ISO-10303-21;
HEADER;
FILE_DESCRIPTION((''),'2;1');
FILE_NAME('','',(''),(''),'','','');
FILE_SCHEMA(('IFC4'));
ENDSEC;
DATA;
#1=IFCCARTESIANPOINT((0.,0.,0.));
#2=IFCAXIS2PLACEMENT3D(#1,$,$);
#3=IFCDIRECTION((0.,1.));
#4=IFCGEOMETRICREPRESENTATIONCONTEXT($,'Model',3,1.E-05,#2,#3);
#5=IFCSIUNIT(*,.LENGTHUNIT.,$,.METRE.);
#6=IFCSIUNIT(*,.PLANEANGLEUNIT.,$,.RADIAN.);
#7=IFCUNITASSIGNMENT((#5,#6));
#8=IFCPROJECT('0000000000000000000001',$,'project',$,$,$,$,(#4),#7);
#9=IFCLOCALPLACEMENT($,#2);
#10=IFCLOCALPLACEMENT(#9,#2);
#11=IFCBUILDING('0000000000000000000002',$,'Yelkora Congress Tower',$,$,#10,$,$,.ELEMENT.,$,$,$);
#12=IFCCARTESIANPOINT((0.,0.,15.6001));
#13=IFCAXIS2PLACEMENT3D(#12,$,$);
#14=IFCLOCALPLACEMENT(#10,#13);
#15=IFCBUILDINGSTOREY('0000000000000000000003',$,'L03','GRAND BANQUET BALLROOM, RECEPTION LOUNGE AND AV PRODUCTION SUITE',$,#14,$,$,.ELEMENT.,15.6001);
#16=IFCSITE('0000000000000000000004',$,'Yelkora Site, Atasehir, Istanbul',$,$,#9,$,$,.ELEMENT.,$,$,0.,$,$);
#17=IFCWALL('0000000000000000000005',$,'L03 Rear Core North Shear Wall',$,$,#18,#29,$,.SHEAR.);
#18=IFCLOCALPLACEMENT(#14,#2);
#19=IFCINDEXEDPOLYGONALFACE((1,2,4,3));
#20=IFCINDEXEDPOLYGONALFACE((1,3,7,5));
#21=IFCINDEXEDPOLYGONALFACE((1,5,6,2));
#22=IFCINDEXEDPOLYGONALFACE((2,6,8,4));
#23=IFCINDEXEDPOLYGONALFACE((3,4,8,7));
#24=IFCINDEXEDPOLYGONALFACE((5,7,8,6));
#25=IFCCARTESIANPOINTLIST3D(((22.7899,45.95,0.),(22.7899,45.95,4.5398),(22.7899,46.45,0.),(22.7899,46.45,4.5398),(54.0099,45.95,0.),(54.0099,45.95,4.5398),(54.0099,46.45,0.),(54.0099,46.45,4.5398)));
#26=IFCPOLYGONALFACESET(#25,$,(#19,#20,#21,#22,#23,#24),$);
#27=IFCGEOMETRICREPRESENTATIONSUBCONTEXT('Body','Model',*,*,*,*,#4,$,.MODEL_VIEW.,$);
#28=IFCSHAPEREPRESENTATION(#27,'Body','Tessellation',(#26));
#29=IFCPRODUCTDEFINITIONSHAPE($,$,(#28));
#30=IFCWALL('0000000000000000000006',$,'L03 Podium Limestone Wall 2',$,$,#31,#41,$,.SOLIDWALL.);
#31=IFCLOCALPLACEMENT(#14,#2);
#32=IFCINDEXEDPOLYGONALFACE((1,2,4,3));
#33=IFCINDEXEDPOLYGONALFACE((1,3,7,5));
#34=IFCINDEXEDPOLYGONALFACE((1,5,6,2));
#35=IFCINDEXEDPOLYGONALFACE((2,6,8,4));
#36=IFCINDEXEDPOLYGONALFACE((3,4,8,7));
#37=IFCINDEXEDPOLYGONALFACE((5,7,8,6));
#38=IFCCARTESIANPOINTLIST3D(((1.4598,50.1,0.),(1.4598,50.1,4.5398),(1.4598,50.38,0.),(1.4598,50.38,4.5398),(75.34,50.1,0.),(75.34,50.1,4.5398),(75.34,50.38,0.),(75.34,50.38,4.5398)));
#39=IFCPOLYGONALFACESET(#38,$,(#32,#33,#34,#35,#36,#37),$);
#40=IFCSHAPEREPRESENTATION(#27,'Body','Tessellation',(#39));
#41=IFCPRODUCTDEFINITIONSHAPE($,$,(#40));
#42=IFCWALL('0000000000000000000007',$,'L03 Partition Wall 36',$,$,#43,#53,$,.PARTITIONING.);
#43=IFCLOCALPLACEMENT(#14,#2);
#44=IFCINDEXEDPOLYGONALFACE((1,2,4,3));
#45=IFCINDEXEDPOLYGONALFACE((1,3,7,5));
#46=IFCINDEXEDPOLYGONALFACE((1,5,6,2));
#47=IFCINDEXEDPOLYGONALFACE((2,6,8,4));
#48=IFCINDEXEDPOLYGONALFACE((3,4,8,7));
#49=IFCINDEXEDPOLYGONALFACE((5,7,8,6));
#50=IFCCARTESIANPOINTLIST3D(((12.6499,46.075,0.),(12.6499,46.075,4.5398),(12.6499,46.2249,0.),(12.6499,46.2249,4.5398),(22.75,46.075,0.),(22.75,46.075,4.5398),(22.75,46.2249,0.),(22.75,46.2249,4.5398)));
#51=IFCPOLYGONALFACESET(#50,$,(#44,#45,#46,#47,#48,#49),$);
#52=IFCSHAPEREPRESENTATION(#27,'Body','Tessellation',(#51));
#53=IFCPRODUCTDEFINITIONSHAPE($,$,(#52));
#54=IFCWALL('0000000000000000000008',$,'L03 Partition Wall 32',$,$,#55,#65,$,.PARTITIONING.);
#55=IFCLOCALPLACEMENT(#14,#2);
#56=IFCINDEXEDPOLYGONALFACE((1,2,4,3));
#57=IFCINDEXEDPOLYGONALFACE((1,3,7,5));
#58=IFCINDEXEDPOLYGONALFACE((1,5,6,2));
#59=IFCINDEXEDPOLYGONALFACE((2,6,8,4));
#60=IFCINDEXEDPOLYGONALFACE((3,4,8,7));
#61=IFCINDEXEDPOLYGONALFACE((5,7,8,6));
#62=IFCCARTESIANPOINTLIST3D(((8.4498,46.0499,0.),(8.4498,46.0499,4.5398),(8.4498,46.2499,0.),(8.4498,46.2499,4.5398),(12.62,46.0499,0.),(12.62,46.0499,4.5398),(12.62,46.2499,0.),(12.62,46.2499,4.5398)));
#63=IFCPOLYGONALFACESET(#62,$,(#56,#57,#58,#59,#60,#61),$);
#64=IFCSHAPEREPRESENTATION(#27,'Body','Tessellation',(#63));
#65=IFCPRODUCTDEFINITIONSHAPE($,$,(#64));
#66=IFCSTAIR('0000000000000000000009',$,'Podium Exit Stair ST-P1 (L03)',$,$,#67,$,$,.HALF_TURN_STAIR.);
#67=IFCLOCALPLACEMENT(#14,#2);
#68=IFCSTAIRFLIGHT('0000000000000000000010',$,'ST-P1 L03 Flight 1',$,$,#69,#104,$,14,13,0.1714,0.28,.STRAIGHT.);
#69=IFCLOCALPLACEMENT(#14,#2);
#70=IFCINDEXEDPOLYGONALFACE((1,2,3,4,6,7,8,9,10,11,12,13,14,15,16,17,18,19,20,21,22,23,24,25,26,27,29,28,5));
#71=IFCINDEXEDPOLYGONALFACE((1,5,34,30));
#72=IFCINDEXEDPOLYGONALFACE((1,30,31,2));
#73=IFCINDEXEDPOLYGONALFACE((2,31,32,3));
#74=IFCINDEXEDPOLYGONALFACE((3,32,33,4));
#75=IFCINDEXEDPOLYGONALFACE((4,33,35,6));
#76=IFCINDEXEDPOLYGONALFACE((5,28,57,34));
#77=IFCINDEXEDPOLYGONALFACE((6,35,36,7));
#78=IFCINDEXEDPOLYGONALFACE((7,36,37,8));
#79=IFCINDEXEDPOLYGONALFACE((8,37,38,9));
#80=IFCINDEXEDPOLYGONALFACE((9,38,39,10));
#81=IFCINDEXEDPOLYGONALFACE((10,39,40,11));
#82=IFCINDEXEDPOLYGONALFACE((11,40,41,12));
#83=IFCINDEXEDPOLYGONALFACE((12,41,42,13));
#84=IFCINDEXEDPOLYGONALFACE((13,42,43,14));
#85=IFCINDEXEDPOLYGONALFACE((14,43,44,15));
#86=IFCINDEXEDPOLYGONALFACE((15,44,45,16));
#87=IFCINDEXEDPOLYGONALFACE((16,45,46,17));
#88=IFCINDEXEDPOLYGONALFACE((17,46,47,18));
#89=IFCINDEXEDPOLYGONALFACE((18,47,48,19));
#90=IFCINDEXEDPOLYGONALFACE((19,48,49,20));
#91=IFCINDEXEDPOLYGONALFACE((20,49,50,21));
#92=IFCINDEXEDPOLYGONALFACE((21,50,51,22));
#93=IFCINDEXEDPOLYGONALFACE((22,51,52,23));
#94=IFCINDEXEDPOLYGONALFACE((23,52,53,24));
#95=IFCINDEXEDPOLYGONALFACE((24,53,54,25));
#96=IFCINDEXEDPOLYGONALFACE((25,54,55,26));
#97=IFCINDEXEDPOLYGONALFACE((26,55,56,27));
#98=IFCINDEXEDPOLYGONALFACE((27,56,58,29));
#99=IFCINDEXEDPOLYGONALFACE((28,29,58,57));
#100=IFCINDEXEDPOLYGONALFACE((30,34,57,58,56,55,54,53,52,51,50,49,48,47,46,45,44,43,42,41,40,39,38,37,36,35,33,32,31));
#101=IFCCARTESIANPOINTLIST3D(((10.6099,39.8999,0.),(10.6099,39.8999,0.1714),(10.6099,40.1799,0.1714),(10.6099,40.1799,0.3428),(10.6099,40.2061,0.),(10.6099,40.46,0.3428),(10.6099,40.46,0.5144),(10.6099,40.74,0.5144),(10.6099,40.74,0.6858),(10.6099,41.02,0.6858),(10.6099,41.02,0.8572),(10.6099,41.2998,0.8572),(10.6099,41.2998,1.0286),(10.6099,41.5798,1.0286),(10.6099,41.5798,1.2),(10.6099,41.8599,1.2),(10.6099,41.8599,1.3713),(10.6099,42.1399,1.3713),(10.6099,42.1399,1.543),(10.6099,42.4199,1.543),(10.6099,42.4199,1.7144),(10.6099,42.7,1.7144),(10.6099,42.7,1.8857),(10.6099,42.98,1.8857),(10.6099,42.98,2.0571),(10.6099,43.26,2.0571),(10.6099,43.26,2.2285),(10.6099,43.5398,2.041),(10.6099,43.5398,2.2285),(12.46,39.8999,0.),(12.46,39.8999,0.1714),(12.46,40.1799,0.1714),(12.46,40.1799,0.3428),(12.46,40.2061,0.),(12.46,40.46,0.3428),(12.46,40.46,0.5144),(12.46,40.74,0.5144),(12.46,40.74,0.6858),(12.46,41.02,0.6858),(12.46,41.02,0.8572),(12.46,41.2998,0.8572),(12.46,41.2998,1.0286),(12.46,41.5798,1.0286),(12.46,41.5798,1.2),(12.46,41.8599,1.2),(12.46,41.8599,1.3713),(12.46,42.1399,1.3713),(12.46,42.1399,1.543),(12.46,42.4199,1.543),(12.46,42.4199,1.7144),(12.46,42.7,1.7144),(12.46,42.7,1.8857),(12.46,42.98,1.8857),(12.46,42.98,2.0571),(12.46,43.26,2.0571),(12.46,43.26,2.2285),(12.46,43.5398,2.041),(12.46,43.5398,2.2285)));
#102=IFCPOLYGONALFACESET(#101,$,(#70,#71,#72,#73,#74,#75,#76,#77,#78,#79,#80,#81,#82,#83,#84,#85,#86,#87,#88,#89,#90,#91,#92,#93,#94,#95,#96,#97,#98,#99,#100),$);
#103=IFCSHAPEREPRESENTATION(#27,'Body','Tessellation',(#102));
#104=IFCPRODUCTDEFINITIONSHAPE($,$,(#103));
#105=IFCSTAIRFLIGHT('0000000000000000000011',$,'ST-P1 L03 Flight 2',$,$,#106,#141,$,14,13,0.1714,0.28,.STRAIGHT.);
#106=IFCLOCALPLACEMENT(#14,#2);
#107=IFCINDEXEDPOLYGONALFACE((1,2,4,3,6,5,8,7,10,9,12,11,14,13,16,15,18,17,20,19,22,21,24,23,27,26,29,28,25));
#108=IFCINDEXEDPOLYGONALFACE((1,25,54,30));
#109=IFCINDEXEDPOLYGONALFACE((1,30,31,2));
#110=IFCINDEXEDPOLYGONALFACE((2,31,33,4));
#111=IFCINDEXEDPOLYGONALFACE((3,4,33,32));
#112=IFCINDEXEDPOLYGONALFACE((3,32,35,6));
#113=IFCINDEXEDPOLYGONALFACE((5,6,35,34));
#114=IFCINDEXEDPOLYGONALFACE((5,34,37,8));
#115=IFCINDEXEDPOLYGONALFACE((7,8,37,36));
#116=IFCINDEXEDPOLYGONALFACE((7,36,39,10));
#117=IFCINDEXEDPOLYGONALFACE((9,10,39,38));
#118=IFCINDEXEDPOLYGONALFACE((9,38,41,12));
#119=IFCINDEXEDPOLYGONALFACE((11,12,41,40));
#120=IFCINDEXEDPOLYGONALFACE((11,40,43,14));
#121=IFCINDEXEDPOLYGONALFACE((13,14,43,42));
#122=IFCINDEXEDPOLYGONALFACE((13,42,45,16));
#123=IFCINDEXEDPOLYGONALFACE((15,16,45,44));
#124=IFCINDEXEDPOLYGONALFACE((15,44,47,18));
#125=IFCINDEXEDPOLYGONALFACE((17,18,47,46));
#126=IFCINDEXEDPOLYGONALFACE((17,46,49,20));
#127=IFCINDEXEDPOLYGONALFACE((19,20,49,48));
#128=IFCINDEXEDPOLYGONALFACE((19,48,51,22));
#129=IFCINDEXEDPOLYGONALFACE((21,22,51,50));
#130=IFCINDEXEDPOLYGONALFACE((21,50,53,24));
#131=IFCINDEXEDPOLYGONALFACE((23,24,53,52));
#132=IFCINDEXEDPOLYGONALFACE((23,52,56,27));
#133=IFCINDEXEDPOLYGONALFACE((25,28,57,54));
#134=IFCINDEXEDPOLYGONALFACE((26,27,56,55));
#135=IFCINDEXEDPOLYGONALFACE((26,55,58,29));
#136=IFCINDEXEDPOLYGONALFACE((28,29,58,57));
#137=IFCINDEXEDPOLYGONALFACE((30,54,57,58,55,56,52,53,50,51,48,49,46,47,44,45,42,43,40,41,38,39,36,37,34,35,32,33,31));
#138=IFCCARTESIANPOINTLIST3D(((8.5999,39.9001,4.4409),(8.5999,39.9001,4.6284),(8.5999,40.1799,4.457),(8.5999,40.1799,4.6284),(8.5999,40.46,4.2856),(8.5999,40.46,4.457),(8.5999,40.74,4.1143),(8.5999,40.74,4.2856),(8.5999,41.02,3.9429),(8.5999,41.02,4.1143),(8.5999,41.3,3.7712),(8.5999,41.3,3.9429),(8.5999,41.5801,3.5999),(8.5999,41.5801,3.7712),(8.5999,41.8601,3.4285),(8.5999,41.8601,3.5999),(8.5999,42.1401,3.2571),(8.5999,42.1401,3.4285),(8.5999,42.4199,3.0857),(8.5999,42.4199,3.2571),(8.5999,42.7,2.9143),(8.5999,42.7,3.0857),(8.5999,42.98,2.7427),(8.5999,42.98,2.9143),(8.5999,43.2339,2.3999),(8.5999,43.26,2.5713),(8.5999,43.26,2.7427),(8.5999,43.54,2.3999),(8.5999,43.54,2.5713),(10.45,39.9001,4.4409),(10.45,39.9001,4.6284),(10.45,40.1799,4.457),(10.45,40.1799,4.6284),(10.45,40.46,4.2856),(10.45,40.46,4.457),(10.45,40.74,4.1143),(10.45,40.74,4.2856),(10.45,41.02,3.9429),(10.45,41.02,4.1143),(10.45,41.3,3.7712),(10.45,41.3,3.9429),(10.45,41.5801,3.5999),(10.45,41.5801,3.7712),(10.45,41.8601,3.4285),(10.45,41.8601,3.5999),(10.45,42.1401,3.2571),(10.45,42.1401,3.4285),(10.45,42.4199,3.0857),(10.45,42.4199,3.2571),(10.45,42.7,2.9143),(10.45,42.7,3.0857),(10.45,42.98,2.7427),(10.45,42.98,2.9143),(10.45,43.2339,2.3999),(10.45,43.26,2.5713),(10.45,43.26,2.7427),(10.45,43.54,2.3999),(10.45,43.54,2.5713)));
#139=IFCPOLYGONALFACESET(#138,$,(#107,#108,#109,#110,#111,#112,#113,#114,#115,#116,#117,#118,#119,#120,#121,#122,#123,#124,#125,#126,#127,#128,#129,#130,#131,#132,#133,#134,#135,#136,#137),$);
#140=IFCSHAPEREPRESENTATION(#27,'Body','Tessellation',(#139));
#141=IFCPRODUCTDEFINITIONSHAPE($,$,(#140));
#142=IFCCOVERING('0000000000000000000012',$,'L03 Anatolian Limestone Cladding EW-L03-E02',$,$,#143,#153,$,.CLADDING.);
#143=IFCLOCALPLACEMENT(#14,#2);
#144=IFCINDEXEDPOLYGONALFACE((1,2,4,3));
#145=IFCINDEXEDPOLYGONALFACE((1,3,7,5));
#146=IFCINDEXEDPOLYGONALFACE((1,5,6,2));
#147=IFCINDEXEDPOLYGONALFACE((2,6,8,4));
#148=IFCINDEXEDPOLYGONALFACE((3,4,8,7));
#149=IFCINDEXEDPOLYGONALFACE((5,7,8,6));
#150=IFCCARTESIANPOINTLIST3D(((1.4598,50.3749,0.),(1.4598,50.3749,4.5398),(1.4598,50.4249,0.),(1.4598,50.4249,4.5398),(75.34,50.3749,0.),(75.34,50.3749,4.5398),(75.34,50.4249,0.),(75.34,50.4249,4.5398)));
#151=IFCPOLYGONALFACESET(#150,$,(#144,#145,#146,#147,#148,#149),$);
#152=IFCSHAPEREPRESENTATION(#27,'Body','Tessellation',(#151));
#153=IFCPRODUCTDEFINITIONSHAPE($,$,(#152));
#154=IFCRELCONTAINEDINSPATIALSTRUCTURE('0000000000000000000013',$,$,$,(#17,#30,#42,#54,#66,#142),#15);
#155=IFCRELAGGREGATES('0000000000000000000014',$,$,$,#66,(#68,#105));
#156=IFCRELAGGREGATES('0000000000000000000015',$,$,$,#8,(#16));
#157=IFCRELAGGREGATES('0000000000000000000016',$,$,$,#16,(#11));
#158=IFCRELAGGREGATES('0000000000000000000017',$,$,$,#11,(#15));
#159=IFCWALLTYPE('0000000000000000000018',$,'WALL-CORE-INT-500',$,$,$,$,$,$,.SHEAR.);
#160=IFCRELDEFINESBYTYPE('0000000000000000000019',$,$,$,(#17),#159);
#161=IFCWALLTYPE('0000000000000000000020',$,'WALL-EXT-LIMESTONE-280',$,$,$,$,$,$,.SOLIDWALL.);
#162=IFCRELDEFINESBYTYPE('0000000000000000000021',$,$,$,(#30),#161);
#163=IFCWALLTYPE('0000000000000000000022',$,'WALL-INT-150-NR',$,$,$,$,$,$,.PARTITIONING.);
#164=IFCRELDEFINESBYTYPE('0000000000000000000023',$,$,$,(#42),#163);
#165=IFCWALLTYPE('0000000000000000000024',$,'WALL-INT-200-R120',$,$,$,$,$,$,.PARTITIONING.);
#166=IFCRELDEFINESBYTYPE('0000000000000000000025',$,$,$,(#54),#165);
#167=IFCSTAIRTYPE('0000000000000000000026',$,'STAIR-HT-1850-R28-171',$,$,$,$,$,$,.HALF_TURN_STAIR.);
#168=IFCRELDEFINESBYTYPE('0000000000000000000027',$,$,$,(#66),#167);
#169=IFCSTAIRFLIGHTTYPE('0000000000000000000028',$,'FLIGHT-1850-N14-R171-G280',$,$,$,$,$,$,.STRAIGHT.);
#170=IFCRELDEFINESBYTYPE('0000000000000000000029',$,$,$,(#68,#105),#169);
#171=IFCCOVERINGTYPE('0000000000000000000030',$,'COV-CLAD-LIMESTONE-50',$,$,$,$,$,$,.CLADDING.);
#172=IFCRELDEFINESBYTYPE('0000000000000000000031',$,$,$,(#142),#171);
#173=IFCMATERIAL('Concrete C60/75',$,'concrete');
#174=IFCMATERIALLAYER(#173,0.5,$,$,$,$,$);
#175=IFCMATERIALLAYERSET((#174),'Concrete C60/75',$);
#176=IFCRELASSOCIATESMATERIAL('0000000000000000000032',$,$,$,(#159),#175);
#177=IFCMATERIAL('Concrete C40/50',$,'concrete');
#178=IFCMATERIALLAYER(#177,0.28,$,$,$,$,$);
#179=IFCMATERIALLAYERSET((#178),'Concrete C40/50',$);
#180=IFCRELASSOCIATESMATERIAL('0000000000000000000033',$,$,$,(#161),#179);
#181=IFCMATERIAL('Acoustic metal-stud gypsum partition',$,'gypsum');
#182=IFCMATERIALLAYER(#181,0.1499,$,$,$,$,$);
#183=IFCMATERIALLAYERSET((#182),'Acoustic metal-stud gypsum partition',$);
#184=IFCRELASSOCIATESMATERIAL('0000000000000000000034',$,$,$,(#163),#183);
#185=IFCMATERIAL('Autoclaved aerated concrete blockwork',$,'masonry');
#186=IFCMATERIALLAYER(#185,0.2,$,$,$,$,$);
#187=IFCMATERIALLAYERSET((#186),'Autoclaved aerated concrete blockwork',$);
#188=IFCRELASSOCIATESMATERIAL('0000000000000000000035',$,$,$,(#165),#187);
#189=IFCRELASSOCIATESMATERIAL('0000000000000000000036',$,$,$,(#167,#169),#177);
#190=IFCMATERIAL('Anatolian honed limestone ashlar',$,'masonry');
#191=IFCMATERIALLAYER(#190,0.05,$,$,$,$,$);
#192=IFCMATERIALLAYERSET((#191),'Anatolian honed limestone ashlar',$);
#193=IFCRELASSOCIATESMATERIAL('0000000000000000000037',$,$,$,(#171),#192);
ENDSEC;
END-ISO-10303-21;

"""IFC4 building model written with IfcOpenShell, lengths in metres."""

from ifc_helpers import new_model, si_unit, direction, frame, frame_2d, origin, place, context, subcontext, project, spatial, polyline, rectangle, outline, extrude, material, layer, layer_set, type_object, element, aggregate, save


model = new_model("IFC4")

# Units and contexts
model_context = context("Model", 3, precision=1e-05, world=origin(), true_north=direction((0.0, 1.0)))
body_context = subcontext(model_context, "Body", "Model", "MODEL_VIEW")
ifc_project = project(units=[si_unit("LENGTHUNIT", "METRE"), si_unit("PLANEANGLEUNIT", "RADIAN")], contexts=[model_context])

# Site, building, storey
site_placement = place(None, origin())
site = spatial("IfcSite", under=ifc_project, at=site_placement, Name="Yelkora Site, Atasehir, Istanbul", CompositionType="ELEMENT", RefElevation=0.0)
building_placement = place(site_placement, origin())
building = spatial("IfcBuilding", under=site, at=building_placement, Name="Yelkora Congress Tower", CompositionType="ELEMENT")
storey_placement = place(building_placement, frame((0.0, 0.0, 15.6001)))
storey = spatial("IfcBuildingStorey", under=building, at=storey_placement, Name="L03", Description="GRAND BANQUET BALLROOM, RECEPTION LOUNGE AND AV PRODUCTION SUITE", CompositionType="ELEMENT", Elevation=15.6001)

# Shared definitions
ifc_material_1 = material(Name="Concrete C60/75", Category="concrete")

# Walls
ifc_layer_1 = layer(ifc_material_1, 0.5)
ifc_layer_set_1 = layer_set([ifc_layer_1], Name="Concrete C60/75")
wall_type_1 = type_object("IfcWallType", Name="WALL-CORE-INT-500", PredefinedType="SHEAR", material=ifc_layer_set_1)
wall_1_placement = place(storey_placement, frame((22.79, 46.2, 0.0), z_axis=(0.0, 0.0, 1.0), x_axis=(1.0, 0.0, 0.0)))
element("IfcWall", 1, at=wall_1_placement, inside=storey, type_object=wall_type_1, Name="L03 Rear Core North Shear Wall", PredefinedType="SHEAR", context=body_context, shape_type="SweptSolid", body=[
    extrude(rectangle(XDim=31.22, YDim=0.5, at=frame_2d((15.6099, 0.0))), origin(), (0.0, 0.0, 1.0), 4.5398),
])
ifc_material_2 = material(Name="Concrete C40/50", Category="concrete")
ifc_layer_2 = layer(ifc_material_2, 0.28)
ifc_layer_set_2 = layer_set([ifc_layer_2], Name="Concrete C40/50")
wall_type_2 = type_object("IfcWallType", Name="WALL-EXT-LIMESTONE-280", PredefinedType="SOLIDWALL", material=ifc_layer_set_2)
wall_2_placement = place(storey_placement, frame((1.46, 50.24, 0.0), z_axis=(0.0, 0.0, 1.0), x_axis=(1.0, 0.0, 0.0)))
element("IfcWall", 2, at=wall_2_placement, inside=storey, type_object=wall_type_2, Name="L03 Podium Limestone Wall 2", PredefinedType="SOLIDWALL", context=body_context, shape_type="SweptSolid", body=[
    extrude(rectangle(XDim=73.8801, YDim=0.28, at=frame_2d((36.9399, 0.0))), origin(), (0.0, 0.0, 1.0), 4.5398),
])
ifc_material_3 = material(Name="Acoustic metal-stud gypsum partition", Category="gypsum")
ifc_layer_3 = layer(ifc_material_3, 0.1499)
ifc_layer_set_3 = layer_set([ifc_layer_3], Name="Acoustic metal-stud gypsum partition")
wall_type_3 = type_object("IfcWallType", Name="WALL-INT-150-NR", PredefinedType="PARTITIONING", material=ifc_layer_set_3)
wall_3_placement = place(storey_placement, frame((12.6499, 46.1499, 0.0), z_axis=(0.0, 0.0, 1.0), x_axis=(1.0, 0.0, 0.0)))
element("IfcWall", 3, at=wall_3_placement, inside=storey, type_object=wall_type_3, Name="L03 Partition Wall 36", PredefinedType="PARTITIONING", context=body_context, shape_type="SweptSolid", body=[
    extrude(rectangle(XDim=10.1001, YDim=0.1499, at=frame_2d((5.05, 0.0))), origin(), (0.0, 0.0, 1.0), 4.5398),
])
ifc_material_4 = material(Name="Autoclaved aerated concrete blockwork", Category="masonry")
ifc_layer_4 = layer(ifc_material_4, 0.2)
ifc_layer_set_4 = layer_set([ifc_layer_4], Name="Autoclaved aerated concrete blockwork")
wall_type_4 = type_object("IfcWallType", Name="WALL-INT-200-R120", PredefinedType="PARTITIONING", material=ifc_layer_set_4)
wall_4_placement = place(storey_placement, frame((8.45, 46.1499, 0.0), z_axis=(0.0, 0.0, 1.0), x_axis=(1.0, 0.0, 0.0)))
element("IfcWall", 4, at=wall_4_placement, inside=storey, type_object=wall_type_4, Name="L03 Partition Wall 32", PredefinedType="PARTITIONING", context=body_context, shape_type="SweptSolid", body=[
    extrude(rectangle(XDim=4.1702, YDim=0.2, at=frame_2d((2.085, 0.0))), origin(), (0.0, 0.0, 1.0), 4.5398),
])

# Stair, stair flights
stair_type = type_object("IfcStairType", Name="STAIR-HT-1850-R28-171", PredefinedType="HALF_TURN_STAIR", material=ifc_material_2)
stair_placement = place(storey_placement, origin())
stair = element("IfcStair", 5, at=stair_placement, inside=storey, type_object=stair_type, Name="Podium Exit Stair ST-P1 (L03)", PredefinedType="HALF_TURN_STAIR")
stair_flight_type = type_object("IfcStairFlightType", Name="FLIGHT-1850-N14-R171-G280", PredefinedType="STRAIGHT", material=ifc_material_2)
stair_flight_1_placement = place(storey_placement, frame((11.5349, 39.8999, 0.0), z_axis=(0.0, 0.0, 1.0), x_axis=(0.0, 1.0, 0.0)))
stair_flight_1 = element("IfcStairFlight", 6, at=stair_flight_1_placement, type_object=stair_flight_type, Name="ST-P1 L03 Flight 1", NumberOfRisers=14, NumberOfTreads=13, PredefinedType="STRAIGHT", RiserHeight=0.1714, TreadLength=0.28, context=body_context, shape_type="SweptSolid", body=[
    extrude(outline(polyline([(0.0, 0.0), (0.0, 0.1714), (0.28, 0.1714), (0.28, 0.3428), (0.5601, 0.3428), (0.5601, 0.5144), (0.8401, 0.5144), (0.8401, 0.6858), (1.1201, 0.6858), (1.1201, 0.8572), (1.3999, 0.8572), (1.3999, 1.0286), (1.6799, 1.0286), (1.6799, 1.2), (1.96, 1.2), (1.96, 1.3713), (2.24, 1.3713), (2.24, 1.543), (2.52, 1.543), (2.52, 1.7144), (2.8, 1.7144), (2.8, 1.8857), (3.0801, 1.8857), (3.0801, 2.0571), (3.3601, 2.0571), (3.3601, 2.2285), (3.6399, 2.2285), (3.6399, 2.3999), (3.6399, 2.041), (0.3062, 0.0), (0.0, 0.0)])), frame((0.0, 0.925, 0.0), z_axis=(0.0, -1.0, 0.0), x_axis=(1.0, 0.0, 0.0)), (0.0, 0.0, 1.0), 1.8501),
])
stair_flight_2_placement = place(storey_placement, frame((9.5249, 43.54, 2.3999), z_axis=(0.0, 0.0, 1.0), x_axis=(0.0, -1.0, 0.0)))
stair_flight_2 = element("IfcStairFlight", 7, at=stair_flight_2_placement, type_object=stair_flight_type, Name="ST-P1 L03 Flight 2", NumberOfRisers=14, NumberOfTreads=13, PredefinedType="STRAIGHT", RiserHeight=0.1714, TreadLength=0.28, context=body_context, shape_type="SweptSolid", body=[
    extrude(outline(polyline([(0.0, 0.0), (0.0, 0.1714), (0.28, 0.1714), (0.28, 0.3428), (0.5601, 0.3428), (0.5601, 0.5144), (0.8401, 0.5144), (0.8401, 0.6858), (1.1201, 0.6858), (1.1201, 0.8572), (1.3999, 0.8572), (1.3999, 1.0286), (1.6799, 1.0286), (1.6799, 1.2), (1.96, 1.2), (1.96, 1.3713), (2.24, 1.3713), (2.24, 1.543), (2.52, 1.543), (2.52, 1.7144), (2.8, 1.7144), (2.8, 1.8857), (3.0801, 1.8857), (3.0801, 2.0571), (3.3601, 2.0571), (3.3601, 2.2285), (3.6399, 2.2285), (3.6399, 2.3999), (3.6399, 2.041), (0.3062, 0.0), (0.0, 0.0)])), frame((0.0, 0.925, 0.0), z_axis=(0.0, -1.0, 0.0), x_axis=(1.0, 0.0, 0.0)), (0.0, 0.0, 1.0), 1.8501),
])
aggregate(stair, [stair_flight_1, stair_flight_2])

# Covering
ifc_material_5 = material(Name="Anatolian honed limestone ashlar", Category="masonry")
ifc_layer_5 = layer(ifc_material_5, 0.05)
ifc_layer_set_5 = layer_set([ifc_layer_5], Name="Anatolian honed limestone ashlar")
covering_type = type_object("IfcCoveringType", Name="COV-CLAD-LIMESTONE-50", PredefinedType="CLADDING", material=ifc_layer_set_5)
covering_placement = place(storey_placement, frame((1.46, 50.3999, 0.0), z_axis=(0.0, 0.0, 1.0), x_axis=(1.0, 0.0, 0.0)))
element("IfcCovering", 8, at=covering_placement, inside=storey, type_object=covering_type, Name="L03 Anatolian Limestone Cladding EW-L03-E02", PredefinedType="CLADDING", context=body_context, shape_type="SweptSolid", body=[
    extrude(rectangle(XDim=73.8801, YDim=0.05, at=frame_2d((36.9399, 0.0))), origin(), (0.0, 0.0, 1.0), 4.5398),
])

save(model, "model.ifc")
